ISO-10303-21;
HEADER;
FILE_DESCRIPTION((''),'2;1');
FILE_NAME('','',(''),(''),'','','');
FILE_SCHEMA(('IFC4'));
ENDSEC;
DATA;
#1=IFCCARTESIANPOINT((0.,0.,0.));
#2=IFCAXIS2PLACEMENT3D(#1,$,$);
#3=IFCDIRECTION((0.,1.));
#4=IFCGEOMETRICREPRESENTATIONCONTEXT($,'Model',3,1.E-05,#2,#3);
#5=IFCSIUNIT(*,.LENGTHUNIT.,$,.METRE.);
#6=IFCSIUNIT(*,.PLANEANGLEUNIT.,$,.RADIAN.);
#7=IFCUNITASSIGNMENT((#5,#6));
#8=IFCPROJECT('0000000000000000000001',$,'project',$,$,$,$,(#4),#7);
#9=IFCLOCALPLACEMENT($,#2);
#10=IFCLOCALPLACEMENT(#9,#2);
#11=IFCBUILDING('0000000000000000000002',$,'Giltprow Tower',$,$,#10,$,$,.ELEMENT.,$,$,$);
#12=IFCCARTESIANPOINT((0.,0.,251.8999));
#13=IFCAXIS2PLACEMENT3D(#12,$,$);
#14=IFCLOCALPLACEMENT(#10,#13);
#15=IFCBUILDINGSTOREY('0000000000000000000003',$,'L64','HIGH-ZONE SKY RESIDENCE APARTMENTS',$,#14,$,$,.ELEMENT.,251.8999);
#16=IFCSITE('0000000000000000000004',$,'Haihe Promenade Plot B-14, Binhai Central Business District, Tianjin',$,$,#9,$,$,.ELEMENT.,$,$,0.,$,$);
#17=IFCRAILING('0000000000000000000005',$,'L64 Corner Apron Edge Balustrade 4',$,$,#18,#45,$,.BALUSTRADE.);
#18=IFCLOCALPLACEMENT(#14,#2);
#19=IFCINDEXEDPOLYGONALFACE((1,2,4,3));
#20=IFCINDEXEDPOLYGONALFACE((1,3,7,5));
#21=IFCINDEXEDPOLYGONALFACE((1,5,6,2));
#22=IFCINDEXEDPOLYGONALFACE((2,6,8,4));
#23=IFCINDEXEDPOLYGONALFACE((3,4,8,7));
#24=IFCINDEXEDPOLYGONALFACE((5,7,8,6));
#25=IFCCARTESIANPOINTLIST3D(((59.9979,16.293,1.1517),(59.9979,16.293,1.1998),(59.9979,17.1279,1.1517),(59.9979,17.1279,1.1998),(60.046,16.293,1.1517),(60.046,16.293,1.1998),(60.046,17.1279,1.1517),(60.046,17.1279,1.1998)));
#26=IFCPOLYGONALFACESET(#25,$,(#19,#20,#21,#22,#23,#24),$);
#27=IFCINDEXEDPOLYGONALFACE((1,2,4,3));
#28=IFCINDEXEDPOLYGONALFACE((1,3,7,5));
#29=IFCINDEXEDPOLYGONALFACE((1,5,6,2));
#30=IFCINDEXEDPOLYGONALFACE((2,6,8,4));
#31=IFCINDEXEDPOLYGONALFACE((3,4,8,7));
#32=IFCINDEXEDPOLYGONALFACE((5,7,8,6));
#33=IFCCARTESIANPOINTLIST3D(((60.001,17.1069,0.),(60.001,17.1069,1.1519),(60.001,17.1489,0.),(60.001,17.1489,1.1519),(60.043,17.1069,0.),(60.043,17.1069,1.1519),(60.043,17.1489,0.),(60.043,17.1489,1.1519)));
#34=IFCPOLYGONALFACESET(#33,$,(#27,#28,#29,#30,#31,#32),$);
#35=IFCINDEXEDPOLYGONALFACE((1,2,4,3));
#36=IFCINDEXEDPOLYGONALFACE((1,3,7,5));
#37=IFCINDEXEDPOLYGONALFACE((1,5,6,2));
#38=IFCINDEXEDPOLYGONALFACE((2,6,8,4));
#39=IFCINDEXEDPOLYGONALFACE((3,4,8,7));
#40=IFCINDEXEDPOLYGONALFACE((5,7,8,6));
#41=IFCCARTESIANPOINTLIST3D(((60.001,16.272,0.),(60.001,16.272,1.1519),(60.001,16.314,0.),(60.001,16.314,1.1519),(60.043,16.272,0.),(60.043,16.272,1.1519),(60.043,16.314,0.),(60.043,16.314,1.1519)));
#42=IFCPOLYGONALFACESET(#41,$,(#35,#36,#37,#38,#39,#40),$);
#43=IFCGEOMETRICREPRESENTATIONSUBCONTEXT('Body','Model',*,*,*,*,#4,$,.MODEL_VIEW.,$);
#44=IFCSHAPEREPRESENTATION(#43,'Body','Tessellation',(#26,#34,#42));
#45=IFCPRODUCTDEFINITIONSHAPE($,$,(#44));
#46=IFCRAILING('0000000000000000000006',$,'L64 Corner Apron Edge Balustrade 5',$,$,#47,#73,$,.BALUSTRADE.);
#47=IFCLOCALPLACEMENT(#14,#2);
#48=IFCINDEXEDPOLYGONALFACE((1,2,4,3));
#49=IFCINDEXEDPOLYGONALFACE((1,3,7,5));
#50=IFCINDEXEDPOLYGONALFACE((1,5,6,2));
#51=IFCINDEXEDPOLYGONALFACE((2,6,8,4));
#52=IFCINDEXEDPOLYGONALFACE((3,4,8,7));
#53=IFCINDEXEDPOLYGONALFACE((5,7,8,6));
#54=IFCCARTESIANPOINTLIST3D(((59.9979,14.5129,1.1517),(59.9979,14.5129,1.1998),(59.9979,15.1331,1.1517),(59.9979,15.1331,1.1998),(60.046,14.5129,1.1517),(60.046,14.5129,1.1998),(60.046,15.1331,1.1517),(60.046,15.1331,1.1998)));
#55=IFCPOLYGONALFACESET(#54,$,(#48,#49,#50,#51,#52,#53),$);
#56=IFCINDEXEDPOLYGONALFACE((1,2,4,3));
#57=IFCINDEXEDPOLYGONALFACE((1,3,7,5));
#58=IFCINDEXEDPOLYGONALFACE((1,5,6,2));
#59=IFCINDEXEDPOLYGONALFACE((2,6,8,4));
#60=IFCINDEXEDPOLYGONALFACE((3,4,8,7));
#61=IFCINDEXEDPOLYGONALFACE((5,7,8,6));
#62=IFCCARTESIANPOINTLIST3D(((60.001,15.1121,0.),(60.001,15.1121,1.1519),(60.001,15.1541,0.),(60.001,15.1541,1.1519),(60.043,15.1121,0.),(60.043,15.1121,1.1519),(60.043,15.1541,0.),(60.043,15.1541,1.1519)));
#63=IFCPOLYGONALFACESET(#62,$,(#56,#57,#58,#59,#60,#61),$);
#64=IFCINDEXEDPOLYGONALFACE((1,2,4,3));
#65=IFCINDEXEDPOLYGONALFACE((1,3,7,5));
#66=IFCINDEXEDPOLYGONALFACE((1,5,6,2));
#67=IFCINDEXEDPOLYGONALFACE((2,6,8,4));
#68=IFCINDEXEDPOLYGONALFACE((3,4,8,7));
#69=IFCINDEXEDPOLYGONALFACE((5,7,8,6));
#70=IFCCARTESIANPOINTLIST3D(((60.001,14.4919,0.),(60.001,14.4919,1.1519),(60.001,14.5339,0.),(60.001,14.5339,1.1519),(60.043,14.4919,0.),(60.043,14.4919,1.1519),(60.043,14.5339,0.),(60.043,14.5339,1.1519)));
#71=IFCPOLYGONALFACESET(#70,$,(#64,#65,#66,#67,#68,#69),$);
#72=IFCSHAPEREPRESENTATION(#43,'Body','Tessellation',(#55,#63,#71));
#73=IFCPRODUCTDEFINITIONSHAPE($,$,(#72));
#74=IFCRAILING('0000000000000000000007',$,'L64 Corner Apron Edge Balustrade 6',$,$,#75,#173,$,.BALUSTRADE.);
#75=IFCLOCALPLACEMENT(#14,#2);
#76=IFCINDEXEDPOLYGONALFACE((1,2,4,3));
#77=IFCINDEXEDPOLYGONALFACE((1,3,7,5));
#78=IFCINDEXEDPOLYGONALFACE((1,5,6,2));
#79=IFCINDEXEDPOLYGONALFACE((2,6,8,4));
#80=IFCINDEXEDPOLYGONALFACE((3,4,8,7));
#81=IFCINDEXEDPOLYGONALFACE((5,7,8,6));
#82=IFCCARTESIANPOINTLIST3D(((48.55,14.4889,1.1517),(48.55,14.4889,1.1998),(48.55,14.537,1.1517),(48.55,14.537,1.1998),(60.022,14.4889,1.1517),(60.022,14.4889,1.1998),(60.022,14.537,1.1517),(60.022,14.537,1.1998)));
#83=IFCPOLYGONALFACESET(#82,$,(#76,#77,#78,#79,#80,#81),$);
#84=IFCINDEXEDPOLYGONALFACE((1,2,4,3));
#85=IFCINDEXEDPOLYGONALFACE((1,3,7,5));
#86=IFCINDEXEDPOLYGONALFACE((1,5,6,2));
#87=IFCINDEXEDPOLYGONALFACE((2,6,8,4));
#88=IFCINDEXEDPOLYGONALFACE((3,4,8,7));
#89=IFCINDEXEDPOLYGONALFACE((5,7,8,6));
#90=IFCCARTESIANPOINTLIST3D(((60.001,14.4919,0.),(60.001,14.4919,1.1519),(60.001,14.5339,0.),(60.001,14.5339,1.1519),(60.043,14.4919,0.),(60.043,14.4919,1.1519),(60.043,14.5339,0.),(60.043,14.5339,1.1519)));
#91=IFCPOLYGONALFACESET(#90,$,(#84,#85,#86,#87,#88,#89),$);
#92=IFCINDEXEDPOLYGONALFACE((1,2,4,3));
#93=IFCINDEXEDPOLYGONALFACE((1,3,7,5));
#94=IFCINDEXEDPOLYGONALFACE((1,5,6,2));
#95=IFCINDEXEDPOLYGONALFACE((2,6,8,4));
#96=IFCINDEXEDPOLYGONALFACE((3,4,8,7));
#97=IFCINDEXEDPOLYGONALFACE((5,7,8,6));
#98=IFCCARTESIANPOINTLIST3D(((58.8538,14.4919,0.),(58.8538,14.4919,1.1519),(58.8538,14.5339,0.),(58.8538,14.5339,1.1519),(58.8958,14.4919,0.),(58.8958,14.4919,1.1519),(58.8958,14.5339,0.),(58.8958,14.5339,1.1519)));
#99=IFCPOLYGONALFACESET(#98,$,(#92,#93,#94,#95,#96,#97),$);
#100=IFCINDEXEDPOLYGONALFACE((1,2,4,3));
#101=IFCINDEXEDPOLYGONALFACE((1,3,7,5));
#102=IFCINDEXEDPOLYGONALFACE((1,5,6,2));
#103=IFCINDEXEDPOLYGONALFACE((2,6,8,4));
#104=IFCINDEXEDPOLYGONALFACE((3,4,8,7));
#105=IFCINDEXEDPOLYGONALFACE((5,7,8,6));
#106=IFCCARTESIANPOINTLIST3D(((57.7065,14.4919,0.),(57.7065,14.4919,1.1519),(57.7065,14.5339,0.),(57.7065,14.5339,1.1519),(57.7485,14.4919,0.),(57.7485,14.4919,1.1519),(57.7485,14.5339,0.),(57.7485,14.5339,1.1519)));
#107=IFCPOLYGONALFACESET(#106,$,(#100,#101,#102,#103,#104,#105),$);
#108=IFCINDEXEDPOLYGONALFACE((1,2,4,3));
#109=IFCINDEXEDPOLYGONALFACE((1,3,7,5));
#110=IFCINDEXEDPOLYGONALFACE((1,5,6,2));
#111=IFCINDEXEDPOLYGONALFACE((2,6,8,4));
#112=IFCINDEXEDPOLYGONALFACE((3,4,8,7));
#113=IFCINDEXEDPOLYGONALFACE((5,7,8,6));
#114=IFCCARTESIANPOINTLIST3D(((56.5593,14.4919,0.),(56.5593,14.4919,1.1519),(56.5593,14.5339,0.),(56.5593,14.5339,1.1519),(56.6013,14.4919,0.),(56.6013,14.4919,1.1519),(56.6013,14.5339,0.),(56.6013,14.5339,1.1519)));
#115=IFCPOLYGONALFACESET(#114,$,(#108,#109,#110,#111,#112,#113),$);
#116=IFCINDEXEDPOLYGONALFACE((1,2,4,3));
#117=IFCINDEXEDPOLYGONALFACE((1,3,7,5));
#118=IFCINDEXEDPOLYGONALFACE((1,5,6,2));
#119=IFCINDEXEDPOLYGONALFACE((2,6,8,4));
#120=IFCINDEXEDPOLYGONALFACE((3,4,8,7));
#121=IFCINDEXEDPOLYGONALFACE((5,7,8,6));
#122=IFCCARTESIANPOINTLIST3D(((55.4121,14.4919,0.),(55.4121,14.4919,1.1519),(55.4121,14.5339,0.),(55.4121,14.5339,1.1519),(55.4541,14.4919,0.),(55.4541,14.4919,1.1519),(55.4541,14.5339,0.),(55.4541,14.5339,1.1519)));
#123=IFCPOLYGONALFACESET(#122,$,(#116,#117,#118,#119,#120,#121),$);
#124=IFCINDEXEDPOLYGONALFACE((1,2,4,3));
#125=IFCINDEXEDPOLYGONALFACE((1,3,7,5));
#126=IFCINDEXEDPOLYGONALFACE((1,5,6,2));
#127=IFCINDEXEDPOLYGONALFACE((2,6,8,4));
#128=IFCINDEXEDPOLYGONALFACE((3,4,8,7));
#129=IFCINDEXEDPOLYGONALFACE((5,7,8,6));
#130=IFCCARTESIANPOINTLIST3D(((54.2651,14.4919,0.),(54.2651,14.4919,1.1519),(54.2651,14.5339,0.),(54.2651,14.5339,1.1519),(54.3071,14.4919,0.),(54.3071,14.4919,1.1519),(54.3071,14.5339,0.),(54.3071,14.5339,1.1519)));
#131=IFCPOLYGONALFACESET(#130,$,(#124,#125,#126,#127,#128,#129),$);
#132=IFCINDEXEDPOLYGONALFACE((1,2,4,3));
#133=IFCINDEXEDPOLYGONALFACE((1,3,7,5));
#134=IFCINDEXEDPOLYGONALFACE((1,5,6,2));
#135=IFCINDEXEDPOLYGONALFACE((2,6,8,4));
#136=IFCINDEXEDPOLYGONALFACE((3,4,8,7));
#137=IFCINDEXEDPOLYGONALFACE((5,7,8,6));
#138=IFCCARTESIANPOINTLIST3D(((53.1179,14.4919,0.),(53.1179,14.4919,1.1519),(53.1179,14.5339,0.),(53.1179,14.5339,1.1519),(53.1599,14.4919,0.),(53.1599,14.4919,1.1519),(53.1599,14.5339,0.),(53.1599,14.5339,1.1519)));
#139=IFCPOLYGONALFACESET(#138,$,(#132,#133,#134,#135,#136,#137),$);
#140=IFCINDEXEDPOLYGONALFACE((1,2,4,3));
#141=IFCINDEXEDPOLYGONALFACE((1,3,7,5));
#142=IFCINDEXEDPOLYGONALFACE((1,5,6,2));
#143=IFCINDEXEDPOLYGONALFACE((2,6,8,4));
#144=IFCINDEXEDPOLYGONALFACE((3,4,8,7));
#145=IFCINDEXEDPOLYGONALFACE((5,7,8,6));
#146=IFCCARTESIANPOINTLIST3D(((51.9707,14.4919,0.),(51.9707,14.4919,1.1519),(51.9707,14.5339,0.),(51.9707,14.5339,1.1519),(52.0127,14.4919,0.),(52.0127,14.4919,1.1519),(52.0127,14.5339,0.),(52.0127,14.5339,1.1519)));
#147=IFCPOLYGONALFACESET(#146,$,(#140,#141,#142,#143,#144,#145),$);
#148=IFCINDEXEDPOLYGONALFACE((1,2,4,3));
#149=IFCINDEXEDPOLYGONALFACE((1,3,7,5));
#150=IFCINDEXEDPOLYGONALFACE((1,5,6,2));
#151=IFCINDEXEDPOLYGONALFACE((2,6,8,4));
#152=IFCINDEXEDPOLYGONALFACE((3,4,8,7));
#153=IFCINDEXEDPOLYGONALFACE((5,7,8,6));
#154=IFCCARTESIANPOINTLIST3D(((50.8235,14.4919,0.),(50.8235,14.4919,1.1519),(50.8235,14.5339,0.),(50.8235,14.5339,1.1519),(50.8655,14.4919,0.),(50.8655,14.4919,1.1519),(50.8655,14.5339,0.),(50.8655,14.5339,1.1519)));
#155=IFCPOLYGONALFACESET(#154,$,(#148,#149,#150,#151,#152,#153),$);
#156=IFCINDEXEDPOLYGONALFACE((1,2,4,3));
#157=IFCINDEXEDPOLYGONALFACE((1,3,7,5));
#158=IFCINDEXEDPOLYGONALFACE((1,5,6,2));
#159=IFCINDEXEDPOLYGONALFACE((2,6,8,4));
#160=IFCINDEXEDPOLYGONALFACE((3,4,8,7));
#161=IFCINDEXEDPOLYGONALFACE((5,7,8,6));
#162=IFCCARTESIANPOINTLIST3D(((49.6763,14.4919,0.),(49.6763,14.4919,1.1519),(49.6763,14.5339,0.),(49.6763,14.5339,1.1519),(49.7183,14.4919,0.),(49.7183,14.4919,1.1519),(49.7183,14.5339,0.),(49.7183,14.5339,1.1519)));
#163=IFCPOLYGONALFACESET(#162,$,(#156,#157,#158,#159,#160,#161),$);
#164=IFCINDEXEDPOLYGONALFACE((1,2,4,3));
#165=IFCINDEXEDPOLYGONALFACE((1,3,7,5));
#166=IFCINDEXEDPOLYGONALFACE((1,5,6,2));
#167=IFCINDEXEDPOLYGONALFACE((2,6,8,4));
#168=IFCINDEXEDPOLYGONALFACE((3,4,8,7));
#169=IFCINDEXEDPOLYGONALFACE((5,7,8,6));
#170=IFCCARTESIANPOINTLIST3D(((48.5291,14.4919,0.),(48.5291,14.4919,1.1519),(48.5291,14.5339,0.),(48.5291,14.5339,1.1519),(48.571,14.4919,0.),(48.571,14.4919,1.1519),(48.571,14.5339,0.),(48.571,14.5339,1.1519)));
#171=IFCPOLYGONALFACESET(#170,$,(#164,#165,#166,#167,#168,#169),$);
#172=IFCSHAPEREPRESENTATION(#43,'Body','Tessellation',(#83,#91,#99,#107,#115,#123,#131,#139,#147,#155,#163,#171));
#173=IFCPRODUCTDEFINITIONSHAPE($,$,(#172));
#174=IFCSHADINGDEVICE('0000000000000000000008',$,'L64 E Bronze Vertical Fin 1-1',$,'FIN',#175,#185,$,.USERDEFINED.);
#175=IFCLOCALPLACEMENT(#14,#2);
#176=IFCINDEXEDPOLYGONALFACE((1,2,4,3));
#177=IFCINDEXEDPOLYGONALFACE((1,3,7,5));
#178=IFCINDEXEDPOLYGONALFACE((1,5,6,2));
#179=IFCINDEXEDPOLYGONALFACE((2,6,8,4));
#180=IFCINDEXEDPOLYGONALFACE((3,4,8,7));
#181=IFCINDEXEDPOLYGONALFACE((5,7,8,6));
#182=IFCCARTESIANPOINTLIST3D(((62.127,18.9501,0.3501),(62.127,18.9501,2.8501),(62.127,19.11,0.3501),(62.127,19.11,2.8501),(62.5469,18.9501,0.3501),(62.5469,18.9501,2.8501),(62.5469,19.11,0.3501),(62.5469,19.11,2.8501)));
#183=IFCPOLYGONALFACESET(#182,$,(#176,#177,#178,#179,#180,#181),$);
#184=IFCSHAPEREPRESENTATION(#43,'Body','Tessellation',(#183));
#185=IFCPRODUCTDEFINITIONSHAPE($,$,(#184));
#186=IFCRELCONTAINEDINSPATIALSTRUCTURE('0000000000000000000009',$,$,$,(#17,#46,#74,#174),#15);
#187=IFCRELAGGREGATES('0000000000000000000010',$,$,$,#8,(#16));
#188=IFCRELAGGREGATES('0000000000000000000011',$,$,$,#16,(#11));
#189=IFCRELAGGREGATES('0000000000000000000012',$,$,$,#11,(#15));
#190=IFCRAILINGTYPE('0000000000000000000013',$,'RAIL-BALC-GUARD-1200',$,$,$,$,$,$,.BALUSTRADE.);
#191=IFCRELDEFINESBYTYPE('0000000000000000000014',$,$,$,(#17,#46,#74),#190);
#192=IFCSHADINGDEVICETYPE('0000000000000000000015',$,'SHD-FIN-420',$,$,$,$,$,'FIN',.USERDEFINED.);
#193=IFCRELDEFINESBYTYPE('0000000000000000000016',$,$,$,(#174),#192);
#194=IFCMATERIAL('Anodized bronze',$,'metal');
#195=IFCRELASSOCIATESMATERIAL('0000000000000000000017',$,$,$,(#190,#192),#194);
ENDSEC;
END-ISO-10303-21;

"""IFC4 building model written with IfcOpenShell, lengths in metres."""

from ifc_helpers import new_model, si_unit, direction, frame, origin, origin_2d, place, context, subcontext, project, spatial, rectangle, extrude, source, transform, mapped, material, type_object, element, save


model = new_model("IFC4")

# Units and contexts
model_context = context("Model", 3, precision=1e-05, world=origin(), true_north=direction((0.0, 1.0)))
body_context = subcontext(model_context, "Body", "Model", "MODEL_VIEW")
ifc_project = project(units=[si_unit("LENGTHUNIT", "METRE"), si_unit("PLANEANGLEUNIT", "RADIAN")], contexts=[model_context])

# Site, building, storey
site_placement = place(None, origin())
site = spatial("IfcSite", under=ifc_project, at=site_placement, Name="Haihe Promenade Plot B-14, Binhai Central Business District, Tianjin", CompositionType="ELEMENT", RefElevation=0.0)
building_placement = place(site_placement, origin())
building = spatial("IfcBuilding", under=site, at=building_placement, Name="Giltprow Tower", CompositionType="ELEMENT")
storey_placement = place(building_placement, frame((0.0, 0.0, 251.8999)))
storey = spatial("IfcBuildingStorey", under=building, at=storey_placement, Name="L64", Description="HIGH-ZONE SKY RESIDENCE APARTMENTS", CompositionType="ELEMENT", Elevation=251.8999)

# Shared definitions
ifc_material_1 = material(Name="Anodized bronze", Category="metal")

# Railings
railing_type = type_object("IfcRailingType", Name="RAIL-BALC-GUARD-1200", PredefinedType="BALUSTRADE", material=ifc_material_1)
railing_1_placement = place(storey_placement, frame((60.022, 17.1279, 0.0)))
element("IfcRailing", 1, at=railing_1_placement, inside=storey, type_object=railing_type, Name="L64 Corner Apron Edge Balustrade 4", PredefinedType="BALUSTRADE", context=body_context, shape_type="SweptSolid", body=[
    extrude(rectangle(XDim=0.0481, YDim=0.0481, at=origin_2d()), frame((0.0, 0.0, 1.1758), z_axis=(0.0, -1.0, 0.0), x_axis=(1.0, 0.0, 0.0)), (0.0, 0.0, 1.0), 0.835),
    extrude(rectangle(XDim=0.042, YDim=0.042, at=origin_2d()), origin(), (0.0, 0.0, 1.0), 1.1519),
    extrude(rectangle(XDim=0.042, YDim=0.042, at=origin_2d()), frame((0.0, -0.835, 0.0)), (0.0, 0.0, 1.0), 1.1519),
])
railing_2_placement = place(storey_placement, frame((60.022, 15.1331, 0.0)))
element("IfcRailing", 2, at=railing_2_placement, inside=storey, type_object=railing_type, Name="L64 Corner Apron Edge Balustrade 5", PredefinedType="BALUSTRADE", context=body_context, shape_type="SweptSolid", body=[
    extrude(rectangle(XDim=0.0481, YDim=0.0481, at=origin_2d()), frame((0.0, 0.0, 1.1758), z_axis=(0.0, -1.0, 0.0), x_axis=(1.0, 0.0, 0.0)), (0.0, 0.0, 1.0), 0.6201),
    extrude(rectangle(XDim=0.042, YDim=0.042, at=origin_2d()), origin(), (0.0, 0.0, 1.0), 1.1519),
    extrude(rectangle(XDim=0.042, YDim=0.042, at=origin_2d()), frame((0.0, -0.6201, 0.0)), (0.0, 0.0, 1.0), 1.1519),
])
railing_3_placement = place(storey_placement, frame((60.022, 14.5129, 0.0)))
element("IfcRailing", 3, at=railing_3_placement, inside=storey, type_object=railing_type, Name="L64 Corner Apron Edge Balustrade 6", PredefinedType="BALUSTRADE", context=body_context, shape_type="SweptSolid", body=[
    extrude(rectangle(XDim=0.0481, YDim=0.0481, at=origin_2d()), frame((0.0, 0.0, 1.1758), z_axis=(-1.0, 0.0, 0.0), x_axis=(0.0, -1.0, 0.0)), (0.0, 0.0, 1.0), 11.4719),
    extrude(rectangle(XDim=0.042, YDim=0.042, at=origin_2d()), origin(), (0.0, 0.0, 1.0), 1.1519),
    extrude(rectangle(XDim=0.042, YDim=0.042, at=origin_2d()), frame((-1.1472, 0.0, 0.0)), (0.0, 0.0, 1.0), 1.1519),
    extrude(rectangle(XDim=0.042, YDim=0.042, at=origin_2d()), frame((-2.2944, 0.0, 0.0)), (0.0, 0.0, 1.0), 1.1519),
    extrude(rectangle(XDim=0.042, YDim=0.042, at=origin_2d()), frame((-3.4417, 0.0, 0.0)), (0.0, 0.0, 1.0), 1.1519),
    extrude(rectangle(XDim=0.042, YDim=0.042, at=origin_2d()), frame((-4.5889, 0.0, 0.0)), (0.0, 0.0, 1.0), 1.1519),
    extrude(rectangle(XDim=0.042, YDim=0.042, at=origin_2d()), frame((-5.7358, 0.0, 0.0)), (0.0, 0.0, 1.0), 1.1519),
    extrude(rectangle(XDim=0.042, YDim=0.042, at=origin_2d()), frame((-6.8831, 0.0, 0.0)), (0.0, 0.0, 1.0), 1.1519),
    extrude(rectangle(XDim=0.042, YDim=0.042, at=origin_2d()), frame((-8.0303, 0.0, 0.0)), (0.0, 0.0, 1.0), 1.1519),
    extrude(rectangle(XDim=0.042, YDim=0.042, at=origin_2d()), frame((-9.1775, 0.0, 0.0)), (0.0, 0.0, 1.0), 1.1519),
    extrude(rectangle(XDim=0.042, YDim=0.042, at=origin_2d()), frame((-10.3247, 0.0, 0.0)), (0.0, 0.0, 1.0), 1.1519),
    extrude(rectangle(XDim=0.042, YDim=0.042, at=origin_2d()), frame((-11.4719, 0.0, 0.0)), (0.0, 0.0, 1.0), 1.1519),
])

# Shading device
shading_device_type = type_object("IfcShadingDeviceType", Name="SHD-FIN-420", ElementType="FIN", PredefinedType="USERDEFINED", material=ifc_material_1)
shared_shape_1 = source(origin(), body_context, "Body", "SweptSolid", [
    extrude(rectangle(XDim=0.4199, YDim=0.1599, at=origin_2d()), origin(), (0.0, 0.0, 1.0), 2.5),
])
shading_device_placement = place(storey_placement, frame((62.3369, 19.03, 0.3501), z_axis=(0.0, 0.0, 1.0), x_axis=(1.0, 0.0, 0.0)))
element("IfcShadingDevice", 4, at=shading_device_placement, inside=storey, type_object=shading_device_type, Name="L64 E Bronze Vertical Fin 1-1", ObjectType="FIN", PredefinedType="USERDEFINED", context=body_context, shape_type="MappedRepresentation", body=[
    mapped(shared_shape_1, transform((0.0, 0.0, 0.0), x_axis=(1.0, 0.0, 0.0), y_axis=(0.0, 1.0, 0.0), z_axis=(0.0, 0.0, 1.0), scale=1.0)),
])

save(model, "model.ifc")
